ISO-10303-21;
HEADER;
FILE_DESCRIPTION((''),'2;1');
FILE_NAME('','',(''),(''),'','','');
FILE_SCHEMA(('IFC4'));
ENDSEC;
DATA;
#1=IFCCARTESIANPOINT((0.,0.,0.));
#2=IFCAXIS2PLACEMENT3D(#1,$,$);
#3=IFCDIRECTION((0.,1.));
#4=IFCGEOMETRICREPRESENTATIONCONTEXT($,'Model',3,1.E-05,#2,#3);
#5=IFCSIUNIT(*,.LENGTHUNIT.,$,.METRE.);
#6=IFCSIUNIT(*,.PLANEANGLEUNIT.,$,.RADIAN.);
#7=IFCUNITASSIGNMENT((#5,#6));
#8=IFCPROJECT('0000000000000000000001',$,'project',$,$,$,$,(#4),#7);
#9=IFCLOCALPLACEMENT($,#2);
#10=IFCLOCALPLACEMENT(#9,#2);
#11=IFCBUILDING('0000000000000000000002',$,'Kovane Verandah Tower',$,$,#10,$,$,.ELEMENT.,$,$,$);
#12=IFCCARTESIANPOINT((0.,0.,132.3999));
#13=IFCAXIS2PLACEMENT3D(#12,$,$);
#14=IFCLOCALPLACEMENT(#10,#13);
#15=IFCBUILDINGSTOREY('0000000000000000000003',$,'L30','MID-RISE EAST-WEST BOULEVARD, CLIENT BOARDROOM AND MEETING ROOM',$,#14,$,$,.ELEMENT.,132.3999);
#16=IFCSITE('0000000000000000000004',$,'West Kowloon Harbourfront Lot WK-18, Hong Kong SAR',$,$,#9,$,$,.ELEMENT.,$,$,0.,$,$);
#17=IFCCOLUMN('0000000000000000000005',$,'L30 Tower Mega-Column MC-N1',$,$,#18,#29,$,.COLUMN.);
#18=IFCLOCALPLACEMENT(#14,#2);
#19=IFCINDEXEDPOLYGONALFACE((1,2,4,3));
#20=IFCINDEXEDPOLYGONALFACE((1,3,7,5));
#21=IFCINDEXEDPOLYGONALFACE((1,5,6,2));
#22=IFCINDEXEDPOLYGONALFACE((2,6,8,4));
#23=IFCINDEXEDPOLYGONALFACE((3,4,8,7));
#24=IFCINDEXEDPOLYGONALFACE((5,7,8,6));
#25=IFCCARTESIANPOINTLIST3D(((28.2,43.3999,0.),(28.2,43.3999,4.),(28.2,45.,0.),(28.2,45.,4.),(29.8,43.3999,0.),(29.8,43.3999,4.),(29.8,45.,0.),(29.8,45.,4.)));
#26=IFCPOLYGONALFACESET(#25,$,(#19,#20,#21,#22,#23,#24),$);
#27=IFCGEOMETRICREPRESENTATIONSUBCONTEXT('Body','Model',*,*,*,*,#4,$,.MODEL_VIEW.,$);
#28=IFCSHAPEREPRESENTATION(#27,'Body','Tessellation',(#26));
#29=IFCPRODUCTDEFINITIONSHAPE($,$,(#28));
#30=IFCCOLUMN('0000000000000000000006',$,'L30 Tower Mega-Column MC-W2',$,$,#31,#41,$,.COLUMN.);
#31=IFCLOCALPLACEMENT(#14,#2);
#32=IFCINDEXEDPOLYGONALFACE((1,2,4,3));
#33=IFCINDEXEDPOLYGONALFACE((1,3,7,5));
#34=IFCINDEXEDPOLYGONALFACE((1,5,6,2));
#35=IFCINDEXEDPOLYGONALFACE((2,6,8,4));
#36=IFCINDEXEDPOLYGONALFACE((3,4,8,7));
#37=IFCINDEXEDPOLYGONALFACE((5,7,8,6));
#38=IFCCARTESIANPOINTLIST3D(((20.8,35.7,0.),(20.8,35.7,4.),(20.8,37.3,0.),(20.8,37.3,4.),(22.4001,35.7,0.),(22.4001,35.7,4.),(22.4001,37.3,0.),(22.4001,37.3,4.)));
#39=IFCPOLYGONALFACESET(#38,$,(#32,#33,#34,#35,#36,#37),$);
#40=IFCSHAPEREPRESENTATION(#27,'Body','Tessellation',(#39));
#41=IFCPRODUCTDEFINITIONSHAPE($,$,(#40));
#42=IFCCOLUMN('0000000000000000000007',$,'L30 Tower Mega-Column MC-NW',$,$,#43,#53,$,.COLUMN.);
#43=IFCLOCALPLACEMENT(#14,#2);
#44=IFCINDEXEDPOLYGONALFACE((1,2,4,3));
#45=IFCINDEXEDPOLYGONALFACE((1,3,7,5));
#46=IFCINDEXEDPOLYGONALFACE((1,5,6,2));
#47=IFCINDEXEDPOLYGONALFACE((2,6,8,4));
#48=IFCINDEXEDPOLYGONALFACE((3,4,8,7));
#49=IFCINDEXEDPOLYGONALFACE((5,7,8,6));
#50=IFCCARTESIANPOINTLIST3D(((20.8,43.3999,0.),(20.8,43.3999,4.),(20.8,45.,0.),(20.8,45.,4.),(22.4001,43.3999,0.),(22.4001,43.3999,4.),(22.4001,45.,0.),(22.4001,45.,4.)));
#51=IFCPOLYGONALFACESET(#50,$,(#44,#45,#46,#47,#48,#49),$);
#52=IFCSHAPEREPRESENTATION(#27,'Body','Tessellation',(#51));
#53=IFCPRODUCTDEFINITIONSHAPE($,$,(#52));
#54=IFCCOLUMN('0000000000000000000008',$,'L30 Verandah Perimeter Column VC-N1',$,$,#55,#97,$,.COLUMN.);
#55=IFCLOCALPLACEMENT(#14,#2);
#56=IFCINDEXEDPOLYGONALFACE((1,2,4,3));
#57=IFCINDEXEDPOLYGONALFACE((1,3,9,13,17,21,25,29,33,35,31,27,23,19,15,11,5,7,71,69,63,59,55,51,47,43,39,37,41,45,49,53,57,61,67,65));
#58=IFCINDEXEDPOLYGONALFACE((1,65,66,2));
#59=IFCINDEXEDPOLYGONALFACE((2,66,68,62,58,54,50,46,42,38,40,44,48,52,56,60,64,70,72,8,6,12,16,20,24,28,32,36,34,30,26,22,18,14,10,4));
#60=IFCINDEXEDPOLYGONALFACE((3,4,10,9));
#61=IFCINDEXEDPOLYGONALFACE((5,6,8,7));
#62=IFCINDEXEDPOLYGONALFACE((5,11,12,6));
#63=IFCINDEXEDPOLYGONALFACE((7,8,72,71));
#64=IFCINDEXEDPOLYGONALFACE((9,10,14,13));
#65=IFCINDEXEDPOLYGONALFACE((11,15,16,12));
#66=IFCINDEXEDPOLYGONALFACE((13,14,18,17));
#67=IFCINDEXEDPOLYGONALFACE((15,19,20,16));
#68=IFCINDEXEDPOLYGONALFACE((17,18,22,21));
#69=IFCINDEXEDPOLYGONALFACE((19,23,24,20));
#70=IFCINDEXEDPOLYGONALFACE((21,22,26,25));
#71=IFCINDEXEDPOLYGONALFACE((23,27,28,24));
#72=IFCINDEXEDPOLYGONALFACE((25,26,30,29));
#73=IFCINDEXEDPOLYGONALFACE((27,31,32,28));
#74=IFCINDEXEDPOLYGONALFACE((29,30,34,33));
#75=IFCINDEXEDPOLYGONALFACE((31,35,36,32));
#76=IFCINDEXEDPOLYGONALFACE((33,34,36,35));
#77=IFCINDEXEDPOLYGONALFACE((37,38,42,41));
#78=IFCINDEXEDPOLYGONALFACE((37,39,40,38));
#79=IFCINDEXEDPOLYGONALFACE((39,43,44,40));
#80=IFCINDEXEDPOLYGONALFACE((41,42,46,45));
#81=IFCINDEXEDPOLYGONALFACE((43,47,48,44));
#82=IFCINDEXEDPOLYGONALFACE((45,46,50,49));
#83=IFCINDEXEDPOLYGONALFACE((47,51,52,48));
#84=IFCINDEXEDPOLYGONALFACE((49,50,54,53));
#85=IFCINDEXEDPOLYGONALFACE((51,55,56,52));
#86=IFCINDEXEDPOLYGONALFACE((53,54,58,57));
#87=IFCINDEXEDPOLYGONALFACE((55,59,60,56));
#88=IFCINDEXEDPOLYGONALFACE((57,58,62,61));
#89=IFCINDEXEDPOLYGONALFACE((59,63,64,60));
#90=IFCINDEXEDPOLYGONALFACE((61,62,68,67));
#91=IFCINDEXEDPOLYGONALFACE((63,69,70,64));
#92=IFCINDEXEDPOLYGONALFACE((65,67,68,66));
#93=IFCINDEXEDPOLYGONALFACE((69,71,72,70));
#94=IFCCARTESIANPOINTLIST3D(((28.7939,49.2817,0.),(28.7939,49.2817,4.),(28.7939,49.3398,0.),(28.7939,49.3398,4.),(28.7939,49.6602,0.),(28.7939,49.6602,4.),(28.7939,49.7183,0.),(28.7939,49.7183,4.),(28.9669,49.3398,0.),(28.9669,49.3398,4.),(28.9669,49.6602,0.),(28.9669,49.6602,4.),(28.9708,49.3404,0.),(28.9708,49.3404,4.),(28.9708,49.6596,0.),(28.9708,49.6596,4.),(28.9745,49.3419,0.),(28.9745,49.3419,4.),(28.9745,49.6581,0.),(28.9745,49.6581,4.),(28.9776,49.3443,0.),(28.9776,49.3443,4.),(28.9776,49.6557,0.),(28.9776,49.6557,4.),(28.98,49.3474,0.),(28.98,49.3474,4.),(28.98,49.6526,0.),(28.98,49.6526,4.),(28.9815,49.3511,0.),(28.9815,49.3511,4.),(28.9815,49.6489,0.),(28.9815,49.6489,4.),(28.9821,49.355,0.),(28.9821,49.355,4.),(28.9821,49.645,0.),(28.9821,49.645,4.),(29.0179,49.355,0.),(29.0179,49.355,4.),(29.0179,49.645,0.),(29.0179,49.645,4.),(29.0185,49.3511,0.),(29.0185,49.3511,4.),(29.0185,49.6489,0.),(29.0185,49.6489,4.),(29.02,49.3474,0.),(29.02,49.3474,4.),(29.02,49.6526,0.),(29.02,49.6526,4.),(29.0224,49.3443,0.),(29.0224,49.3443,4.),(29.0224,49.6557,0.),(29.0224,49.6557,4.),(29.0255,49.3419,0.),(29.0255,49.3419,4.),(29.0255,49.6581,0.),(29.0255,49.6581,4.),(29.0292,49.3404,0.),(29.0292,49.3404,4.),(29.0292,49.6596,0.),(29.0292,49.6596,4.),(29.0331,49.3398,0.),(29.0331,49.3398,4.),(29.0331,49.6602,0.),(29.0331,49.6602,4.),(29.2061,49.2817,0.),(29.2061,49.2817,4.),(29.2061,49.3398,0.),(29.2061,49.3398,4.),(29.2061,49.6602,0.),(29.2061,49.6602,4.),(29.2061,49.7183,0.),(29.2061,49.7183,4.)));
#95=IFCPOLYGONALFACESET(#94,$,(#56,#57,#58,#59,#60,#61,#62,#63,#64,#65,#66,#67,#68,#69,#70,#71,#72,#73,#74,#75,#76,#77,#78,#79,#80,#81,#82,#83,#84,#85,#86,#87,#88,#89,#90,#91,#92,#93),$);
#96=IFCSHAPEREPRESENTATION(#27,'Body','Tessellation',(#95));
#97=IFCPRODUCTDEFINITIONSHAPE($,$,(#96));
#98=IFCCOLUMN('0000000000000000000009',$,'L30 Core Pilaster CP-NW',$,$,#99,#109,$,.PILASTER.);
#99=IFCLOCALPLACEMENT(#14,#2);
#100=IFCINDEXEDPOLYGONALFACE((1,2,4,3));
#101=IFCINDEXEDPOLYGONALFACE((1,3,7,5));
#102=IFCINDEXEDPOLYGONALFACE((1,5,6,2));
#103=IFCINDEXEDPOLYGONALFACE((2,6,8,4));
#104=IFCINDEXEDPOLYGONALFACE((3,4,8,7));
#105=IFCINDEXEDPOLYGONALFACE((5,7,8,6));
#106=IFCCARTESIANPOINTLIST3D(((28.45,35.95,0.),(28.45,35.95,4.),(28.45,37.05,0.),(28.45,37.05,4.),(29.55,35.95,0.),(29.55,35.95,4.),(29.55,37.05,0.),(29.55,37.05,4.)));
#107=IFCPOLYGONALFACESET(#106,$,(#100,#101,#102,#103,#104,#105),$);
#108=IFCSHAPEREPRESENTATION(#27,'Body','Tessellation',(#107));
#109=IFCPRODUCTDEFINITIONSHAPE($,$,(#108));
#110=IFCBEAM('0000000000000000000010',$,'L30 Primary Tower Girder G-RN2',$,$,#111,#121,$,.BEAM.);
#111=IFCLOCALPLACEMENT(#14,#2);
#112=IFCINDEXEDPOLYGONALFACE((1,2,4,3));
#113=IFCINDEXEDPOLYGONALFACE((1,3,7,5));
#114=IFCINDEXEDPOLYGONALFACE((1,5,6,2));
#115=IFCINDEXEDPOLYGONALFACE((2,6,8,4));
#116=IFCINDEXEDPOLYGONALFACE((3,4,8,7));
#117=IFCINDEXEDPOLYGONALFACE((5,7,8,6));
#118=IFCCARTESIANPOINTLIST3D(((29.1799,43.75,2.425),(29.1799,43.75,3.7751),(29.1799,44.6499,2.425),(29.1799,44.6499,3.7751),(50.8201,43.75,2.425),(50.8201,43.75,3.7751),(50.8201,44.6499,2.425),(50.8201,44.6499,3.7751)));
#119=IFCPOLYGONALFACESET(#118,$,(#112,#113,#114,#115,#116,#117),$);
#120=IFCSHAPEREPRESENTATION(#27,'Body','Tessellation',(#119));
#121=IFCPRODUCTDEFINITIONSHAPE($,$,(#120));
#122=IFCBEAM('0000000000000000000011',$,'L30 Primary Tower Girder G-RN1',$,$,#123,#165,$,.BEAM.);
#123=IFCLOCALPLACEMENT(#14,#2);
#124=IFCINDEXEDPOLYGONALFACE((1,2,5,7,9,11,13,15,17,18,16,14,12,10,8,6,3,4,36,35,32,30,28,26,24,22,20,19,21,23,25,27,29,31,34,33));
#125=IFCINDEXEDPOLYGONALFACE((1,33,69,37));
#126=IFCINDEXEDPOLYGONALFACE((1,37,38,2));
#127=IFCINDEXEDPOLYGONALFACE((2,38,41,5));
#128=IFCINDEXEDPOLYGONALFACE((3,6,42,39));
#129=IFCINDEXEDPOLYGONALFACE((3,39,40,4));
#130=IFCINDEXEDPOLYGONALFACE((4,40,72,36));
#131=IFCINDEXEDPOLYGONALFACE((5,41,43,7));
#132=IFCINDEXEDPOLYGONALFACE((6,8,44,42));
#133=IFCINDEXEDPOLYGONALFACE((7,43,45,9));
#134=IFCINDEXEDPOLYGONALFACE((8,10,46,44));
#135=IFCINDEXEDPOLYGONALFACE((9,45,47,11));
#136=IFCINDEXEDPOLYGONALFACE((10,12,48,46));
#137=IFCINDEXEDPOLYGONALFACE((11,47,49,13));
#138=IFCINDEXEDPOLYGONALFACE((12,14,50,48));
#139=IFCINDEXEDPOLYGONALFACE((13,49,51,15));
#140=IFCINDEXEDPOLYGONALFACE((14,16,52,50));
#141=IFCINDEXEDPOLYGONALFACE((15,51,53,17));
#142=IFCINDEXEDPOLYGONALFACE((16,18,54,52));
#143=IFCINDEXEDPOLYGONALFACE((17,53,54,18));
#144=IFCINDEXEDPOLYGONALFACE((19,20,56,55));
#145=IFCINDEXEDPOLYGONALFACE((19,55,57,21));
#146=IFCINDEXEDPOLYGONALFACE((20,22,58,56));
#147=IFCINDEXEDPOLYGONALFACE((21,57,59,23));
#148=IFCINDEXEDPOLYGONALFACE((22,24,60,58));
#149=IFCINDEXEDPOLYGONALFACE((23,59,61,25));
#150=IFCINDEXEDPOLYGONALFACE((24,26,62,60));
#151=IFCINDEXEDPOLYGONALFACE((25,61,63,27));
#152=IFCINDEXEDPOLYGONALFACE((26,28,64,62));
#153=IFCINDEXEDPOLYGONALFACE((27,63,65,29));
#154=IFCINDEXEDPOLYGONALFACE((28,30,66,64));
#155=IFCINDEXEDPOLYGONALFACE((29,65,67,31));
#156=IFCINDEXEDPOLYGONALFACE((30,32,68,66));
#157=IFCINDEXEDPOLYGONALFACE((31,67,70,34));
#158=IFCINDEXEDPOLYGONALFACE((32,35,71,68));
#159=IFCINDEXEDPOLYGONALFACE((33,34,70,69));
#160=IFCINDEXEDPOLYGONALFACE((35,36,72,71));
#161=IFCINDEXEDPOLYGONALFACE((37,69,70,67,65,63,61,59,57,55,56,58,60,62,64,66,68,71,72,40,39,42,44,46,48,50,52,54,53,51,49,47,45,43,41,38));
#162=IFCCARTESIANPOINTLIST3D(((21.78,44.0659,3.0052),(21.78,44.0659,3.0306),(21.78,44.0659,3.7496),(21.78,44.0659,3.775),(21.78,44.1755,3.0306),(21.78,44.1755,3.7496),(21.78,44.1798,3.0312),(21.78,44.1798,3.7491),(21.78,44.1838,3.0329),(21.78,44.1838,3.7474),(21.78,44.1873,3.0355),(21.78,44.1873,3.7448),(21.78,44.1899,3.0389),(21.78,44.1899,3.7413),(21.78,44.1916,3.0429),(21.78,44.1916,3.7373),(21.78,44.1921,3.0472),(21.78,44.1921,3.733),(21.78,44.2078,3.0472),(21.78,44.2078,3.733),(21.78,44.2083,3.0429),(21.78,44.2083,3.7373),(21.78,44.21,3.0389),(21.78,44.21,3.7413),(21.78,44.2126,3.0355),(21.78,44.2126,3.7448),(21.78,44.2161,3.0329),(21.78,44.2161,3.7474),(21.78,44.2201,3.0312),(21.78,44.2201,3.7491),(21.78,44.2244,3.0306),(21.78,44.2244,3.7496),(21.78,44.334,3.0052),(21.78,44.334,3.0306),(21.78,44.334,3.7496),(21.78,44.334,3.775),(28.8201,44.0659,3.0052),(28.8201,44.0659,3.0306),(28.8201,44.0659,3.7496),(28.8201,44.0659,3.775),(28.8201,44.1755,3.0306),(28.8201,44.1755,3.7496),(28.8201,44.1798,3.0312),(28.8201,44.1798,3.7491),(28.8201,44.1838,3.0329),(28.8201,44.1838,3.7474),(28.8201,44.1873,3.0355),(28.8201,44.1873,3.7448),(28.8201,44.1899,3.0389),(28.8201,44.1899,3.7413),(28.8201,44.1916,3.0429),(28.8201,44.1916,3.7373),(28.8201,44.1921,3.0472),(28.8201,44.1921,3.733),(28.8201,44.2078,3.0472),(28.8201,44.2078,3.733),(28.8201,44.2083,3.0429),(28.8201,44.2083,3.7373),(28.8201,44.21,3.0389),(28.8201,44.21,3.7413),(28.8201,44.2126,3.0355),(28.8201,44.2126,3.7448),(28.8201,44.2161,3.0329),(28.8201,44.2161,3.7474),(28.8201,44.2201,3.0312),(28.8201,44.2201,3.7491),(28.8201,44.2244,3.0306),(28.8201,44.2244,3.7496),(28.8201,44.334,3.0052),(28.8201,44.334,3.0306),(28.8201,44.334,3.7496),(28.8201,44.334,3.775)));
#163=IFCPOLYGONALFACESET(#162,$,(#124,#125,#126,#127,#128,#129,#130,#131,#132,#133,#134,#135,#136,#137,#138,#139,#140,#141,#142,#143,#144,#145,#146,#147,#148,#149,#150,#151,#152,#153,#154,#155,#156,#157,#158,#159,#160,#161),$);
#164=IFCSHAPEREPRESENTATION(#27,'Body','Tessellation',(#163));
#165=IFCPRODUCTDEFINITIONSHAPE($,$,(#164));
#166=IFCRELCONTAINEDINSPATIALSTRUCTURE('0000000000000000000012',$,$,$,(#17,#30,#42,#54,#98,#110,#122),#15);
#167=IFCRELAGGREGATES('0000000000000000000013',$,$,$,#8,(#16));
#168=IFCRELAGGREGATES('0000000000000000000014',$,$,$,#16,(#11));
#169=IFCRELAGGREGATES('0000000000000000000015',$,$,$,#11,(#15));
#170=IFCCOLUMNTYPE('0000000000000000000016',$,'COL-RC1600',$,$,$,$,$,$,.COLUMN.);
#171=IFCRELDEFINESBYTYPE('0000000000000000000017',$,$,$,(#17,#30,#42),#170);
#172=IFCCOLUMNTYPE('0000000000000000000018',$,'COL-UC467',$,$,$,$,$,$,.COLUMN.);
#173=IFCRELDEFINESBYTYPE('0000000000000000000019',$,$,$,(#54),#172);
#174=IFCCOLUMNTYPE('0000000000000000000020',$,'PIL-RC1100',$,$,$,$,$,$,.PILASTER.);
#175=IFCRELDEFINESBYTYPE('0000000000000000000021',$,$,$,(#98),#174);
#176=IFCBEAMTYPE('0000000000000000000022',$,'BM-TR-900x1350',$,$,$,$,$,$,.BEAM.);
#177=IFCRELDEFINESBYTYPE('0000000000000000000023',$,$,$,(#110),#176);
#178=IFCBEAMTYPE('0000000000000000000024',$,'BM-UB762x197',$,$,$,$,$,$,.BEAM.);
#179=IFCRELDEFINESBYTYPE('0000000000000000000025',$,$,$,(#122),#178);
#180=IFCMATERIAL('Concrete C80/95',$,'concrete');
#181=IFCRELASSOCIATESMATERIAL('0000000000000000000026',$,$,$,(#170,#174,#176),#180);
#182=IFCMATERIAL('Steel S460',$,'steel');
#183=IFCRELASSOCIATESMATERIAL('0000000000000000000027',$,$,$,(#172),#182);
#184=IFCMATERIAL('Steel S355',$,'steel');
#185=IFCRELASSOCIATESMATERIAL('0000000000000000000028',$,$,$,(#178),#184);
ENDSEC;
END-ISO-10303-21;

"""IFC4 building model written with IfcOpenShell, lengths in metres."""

from ifc_helpers import new_model, si_unit, direction, frame, origin, origin_2d, place, context, subcontext, project, spatial, rectangle, i_section, extrude, material, material_profile, profile_set, type_object, element, save


model = new_model("IFC4")

# Units and contexts
model_context = context("Model", 3, precision=1e-05, world=origin(), true_north=direction((0.0, 1.0)))
body_context = subcontext(model_context, "Body", "Model", "MODEL_VIEW")
ifc_project = project(units=[si_unit("LENGTHUNIT", "METRE"), si_unit("PLANEANGLEUNIT", "RADIAN")], contexts=[model_context])

# Site, building, storey
site_placement = place(None, origin())
site = spatial("IfcSite", under=ifc_project, at=site_placement, Name="West Kowloon Harbourfront Lot WK-18, Hong Kong SAR", CompositionType="ELEMENT", RefElevation=0.0)
building_placement = place(site_placement, origin())
building = spatial("IfcBuilding", under=site, at=building_placement, Name="Kovane Verandah Tower", CompositionType="ELEMENT")
storey_placement = place(building_placement, frame((0.0, 0.0, 132.3999)))
storey = spatial("IfcBuildingStorey", under=building, at=storey_placement, Name="L30", Description="MID-RISE EAST-WEST BOULEVARD, CLIENT BOARDROOM AND MEETING ROOM", CompositionType="ELEMENT", Elevation=132.3999)

# Columns
ifc_material_1 = material(Name="Concrete C80/95", Category="concrete")
ifc_material_profile_1 = material_profile(ifc_material_1, rectangle(XDim=1.6001, YDim=1.6001, at=origin_2d()), Name="RC1600x1600")
ifc_profile_set_1 = profile_set([ifc_material_profile_1], Name="Concrete C80/95")
column_type_1 = type_object("IfcColumnType", Name="COL-RC1600", PredefinedType="COLUMN", material=ifc_profile_set_1)
for number, where, z_axis, x_axis, name in (
    (1, (29.0, 44.2, 0.0), (0.0, 0.0, 1.0), (1.0, 0.0, 0.0), "L30 Tower Mega-Column MC-N1"),
    (2, (21.6001, 36.5, 0.0), (0.0, 0.0, 1.0), (1.0, 0.0, 0.0), "L30 Tower Mega-Column MC-W2"),
    (3, (21.6001, 44.2, 0.0), (0.0, 0.0, 1.0), (1.0, 0.0, 0.0), "L30 Tower Mega-Column MC-NW"),
):
    element("IfcColumn", number, at=place(storey_placement, frame(where, z_axis=z_axis, x_axis=x_axis)), inside=storey, type_object=column_type_1, Name=name, PredefinedType="COLUMN", context=body_context, shape_type="SweptSolid", body=[
        extrude(rectangle(XDim=1.6001, YDim=1.6001, at=origin_2d()), origin(), (0.0, 0.0, 1.0), 4.0),
    ])
ifc_material_2 = material(Name="Steel S460", Category="steel")
ifc_material_profile_2 = material_profile(ifc_material_2, i_section(OverallWidth=0.4121, OverallDepth=0.4365, WebThickness=0.0359, FlangeThickness=0.0581, FilletRadius=0.0151, at=origin_2d()), Name="UC356x406x467")
ifc_profile_set_2 = profile_set([ifc_material_profile_2], Name="Steel S460")
column_type_2 = type_object("IfcColumnType", Name="COL-UC467", PredefinedType="COLUMN", material=ifc_profile_set_2)
column_1_placement = place(storey_placement, frame((29.0, 49.5, 0.0), z_axis=(0.0, 0.0, 1.0), x_axis=(1.0, 0.0, 0.0)))
element("IfcColumn", 4, at=column_1_placement, inside=storey, type_object=column_type_2, Name="L30 Verandah Perimeter Column VC-N1", PredefinedType="COLUMN", context=body_context, shape_type="SweptSolid", body=[
    extrude(i_section(OverallWidth=0.4121, OverallDepth=0.4365, WebThickness=0.0359, FlangeThickness=0.0581, FilletRadius=0.0151, at=origin_2d()), origin(), (0.0, 0.0, 1.0), 4.0),
])
ifc_material_profile_3 = material_profile(ifc_material_1, rectangle(XDim=1.1001, YDim=1.1001, at=origin_2d()), Name="RC1100x1100")
ifc_profile_set_3 = profile_set([ifc_material_profile_3], Name="Concrete C80/95")
column_type_3 = type_object("IfcColumnType", Name="PIL-RC1100", PredefinedType="PILASTER", material=ifc_profile_set_3)
column_2_placement = place(storey_placement, frame((29.0, 36.5, 0.0), z_axis=(0.0, 0.0, 1.0), x_axis=(1.0, 0.0, 0.0)))
element("IfcColumn", 5, at=column_2_placement, inside=storey, type_object=column_type_3, Name="L30 Core Pilaster CP-NW", PredefinedType="PILASTER", context=body_context, shape_type="SweptSolid", body=[
    extrude(rectangle(XDim=1.1001, YDim=1.1001, at=origin_2d()), origin(), (0.0, 0.0, 1.0), 4.0),
])

# Beams
ifc_material_profile_4 = material_profile(ifc_material_1, rectangle(XDim=0.8999, YDim=1.3501, at=origin_2d()), Name="RCB900x1350")
ifc_profile_set_4 = profile_set([ifc_material_profile_4], Name="Concrete C80/95")
beam_type_1 = type_object("IfcBeamType", Name="BM-TR-900x1350", PredefinedType="BEAM", material=ifc_profile_set_4)
beam_1_placement = place(storey_placement, frame((29.1799, 44.2, 3.1001), z_axis=(1.0, 0.0, 0.0), x_axis=(0.0, 1.0, 0.0)))
element("IfcBeam", 6, at=beam_1_placement, inside=storey, type_object=beam_type_1, Name="L30 Primary Tower Girder G-RN2", PredefinedType="BEAM", context=body_context, shape_type="SweptSolid", body=[
    extrude(rectangle(XDim=0.8999, YDim=1.3501, at=origin_2d()), origin(), (0.0, 0.0, 1.0), 21.6401),
])
ifc_material_3 = material(Name="Steel S355", Category="steel")
ifc_material_profile_5 = material_profile(ifc_material_3, i_section(OverallWidth=0.2681, OverallDepth=0.7698, WebThickness=0.0156, FlangeThickness=0.0254, FilletRadius=0.0166, at=origin_2d()), Name="UB762x267x197")
ifc_profile_set_5 = profile_set([ifc_material_profile_5], Name="Steel S355")
beam_type_2 = type_object("IfcBeamType", Name="BM-UB762x197", PredefinedType="BEAM", material=ifc_profile_set_5)
beam_2_placement = place(storey_placement, frame((21.78, 44.2, 3.3901), z_axis=(1.0, 0.0, 0.0), x_axis=(0.0, 1.0, 0.0)))
element("IfcBeam", 7, at=beam_2_placement, inside=storey, type_object=beam_type_2, Name="L30 Primary Tower Girder G-RN1", PredefinedType="BEAM", context=body_context, shape_type="SweptSolid", body=[
    extrude(i_section(OverallWidth=0.2681, OverallDepth=0.7698, WebThickness=0.0156, FlangeThickness=0.0254, FilletRadius=0.0166, at=origin_2d()), origin(), (0.0, 0.0, 1.0), 7.04),
])

save(model, "model.ifc")
